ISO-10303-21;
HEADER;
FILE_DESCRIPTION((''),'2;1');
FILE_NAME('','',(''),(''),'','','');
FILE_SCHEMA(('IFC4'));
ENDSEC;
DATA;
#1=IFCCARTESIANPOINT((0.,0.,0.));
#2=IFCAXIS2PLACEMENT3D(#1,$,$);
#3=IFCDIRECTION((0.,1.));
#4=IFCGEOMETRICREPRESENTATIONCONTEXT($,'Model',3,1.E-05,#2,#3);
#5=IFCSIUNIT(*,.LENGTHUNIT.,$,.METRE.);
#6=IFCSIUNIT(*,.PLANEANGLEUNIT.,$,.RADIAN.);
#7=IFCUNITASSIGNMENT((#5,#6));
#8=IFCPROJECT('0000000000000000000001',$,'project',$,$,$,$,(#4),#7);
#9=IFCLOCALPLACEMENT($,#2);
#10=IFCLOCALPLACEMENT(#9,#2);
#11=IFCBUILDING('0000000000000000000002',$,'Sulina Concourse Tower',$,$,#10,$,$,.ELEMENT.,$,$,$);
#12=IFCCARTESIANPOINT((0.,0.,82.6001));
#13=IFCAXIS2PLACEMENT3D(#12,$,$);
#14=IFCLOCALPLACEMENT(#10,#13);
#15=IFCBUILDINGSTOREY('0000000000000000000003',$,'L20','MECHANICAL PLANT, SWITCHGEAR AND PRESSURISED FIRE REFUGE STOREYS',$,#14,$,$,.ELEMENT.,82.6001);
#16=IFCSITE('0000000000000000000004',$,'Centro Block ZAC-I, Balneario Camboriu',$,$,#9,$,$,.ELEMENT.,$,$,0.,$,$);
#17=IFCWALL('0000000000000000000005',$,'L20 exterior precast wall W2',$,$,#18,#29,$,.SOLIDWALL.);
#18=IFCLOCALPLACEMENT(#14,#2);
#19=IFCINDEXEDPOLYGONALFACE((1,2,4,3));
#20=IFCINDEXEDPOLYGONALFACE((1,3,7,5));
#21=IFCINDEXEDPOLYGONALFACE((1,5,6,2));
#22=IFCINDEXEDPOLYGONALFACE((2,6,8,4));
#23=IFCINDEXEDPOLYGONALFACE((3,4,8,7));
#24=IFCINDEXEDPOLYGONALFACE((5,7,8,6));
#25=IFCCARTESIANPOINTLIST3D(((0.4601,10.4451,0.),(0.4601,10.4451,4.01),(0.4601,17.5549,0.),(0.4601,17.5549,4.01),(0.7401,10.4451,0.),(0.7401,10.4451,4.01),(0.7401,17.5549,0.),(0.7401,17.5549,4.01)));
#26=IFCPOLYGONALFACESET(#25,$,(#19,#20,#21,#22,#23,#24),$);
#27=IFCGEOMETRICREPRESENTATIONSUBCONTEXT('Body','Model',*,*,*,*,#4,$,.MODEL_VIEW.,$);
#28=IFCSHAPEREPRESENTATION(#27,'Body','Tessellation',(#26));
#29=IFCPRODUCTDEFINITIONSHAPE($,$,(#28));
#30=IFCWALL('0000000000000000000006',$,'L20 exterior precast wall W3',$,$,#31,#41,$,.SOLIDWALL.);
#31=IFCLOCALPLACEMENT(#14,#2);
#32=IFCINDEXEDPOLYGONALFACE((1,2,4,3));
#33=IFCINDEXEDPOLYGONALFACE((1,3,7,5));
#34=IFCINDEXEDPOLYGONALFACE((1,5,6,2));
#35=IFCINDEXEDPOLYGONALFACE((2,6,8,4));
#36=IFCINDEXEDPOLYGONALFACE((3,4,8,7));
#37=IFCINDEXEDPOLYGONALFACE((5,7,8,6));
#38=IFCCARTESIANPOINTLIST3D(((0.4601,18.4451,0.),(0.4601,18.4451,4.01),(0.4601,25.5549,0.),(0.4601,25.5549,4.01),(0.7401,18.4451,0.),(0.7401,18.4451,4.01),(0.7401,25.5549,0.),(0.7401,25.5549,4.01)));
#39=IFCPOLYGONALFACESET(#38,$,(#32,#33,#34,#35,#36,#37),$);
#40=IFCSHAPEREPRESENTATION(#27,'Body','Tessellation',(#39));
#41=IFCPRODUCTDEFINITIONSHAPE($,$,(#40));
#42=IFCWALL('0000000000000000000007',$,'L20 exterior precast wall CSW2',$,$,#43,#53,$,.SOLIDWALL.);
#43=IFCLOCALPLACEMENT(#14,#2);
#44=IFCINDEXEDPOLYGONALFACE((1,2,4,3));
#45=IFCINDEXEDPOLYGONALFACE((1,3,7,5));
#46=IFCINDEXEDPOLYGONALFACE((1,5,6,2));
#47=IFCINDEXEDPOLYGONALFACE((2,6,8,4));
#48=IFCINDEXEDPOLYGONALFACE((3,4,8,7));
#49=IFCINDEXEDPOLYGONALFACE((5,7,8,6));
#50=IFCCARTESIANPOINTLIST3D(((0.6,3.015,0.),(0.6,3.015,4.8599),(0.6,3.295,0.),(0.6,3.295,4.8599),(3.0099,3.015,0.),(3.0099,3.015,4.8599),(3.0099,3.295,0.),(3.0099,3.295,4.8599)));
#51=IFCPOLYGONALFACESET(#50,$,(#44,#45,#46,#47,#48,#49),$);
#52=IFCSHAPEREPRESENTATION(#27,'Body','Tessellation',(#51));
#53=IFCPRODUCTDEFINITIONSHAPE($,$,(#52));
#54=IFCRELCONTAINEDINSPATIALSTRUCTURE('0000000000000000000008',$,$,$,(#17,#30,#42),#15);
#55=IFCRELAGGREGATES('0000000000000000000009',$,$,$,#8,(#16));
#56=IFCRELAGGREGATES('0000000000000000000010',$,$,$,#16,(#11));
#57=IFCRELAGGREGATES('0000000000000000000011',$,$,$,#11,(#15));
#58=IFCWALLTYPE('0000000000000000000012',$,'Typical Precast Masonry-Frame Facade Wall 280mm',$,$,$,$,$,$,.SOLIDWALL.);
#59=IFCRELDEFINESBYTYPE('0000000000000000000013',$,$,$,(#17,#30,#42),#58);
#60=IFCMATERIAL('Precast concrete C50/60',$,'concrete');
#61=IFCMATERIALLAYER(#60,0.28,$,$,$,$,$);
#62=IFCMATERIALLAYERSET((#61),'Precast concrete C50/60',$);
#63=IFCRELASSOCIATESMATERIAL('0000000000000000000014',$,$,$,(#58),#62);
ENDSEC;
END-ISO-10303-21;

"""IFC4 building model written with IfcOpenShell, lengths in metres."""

from ifc_helpers import new_model, si_unit, direction, frame, frame_2d, origin, place, context, subcontext, project, spatial, rectangle, extrude, material, layer, layer_set, type_object, element, save


model = new_model("IFC4")

# Units and contexts
model_context = context("Model", 3, precision=1e-05, world=origin(), true_north=direction((0.0, 1.0)))
body_context = subcontext(model_context, "Body", "Model", "MODEL_VIEW")
ifc_project = project(units=[si_unit("LENGTHUNIT", "METRE"), si_unit("PLANEANGLEUNIT", "RADIAN")], contexts=[model_context])

# Site, building, storey
site_placement = place(None, origin())
site = spatial("IfcSite", under=ifc_project, at=site_placement, Name="Centro Block ZAC-I, Balneario Camboriu", CompositionType="ELEMENT", RefElevation=0.0)
building_placement = place(site_placement, origin())
building = spatial("IfcBuilding", under=site, at=building_placement, Name="Sulina Concourse Tower", CompositionType="ELEMENT")
storey_placement = place(building_placement, frame((0.0, 0.0, 82.6001)))
storey = spatial("IfcBuildingStorey", under=building, at=storey_placement, Name="L20", Description="MECHANICAL PLANT, SWITCHGEAR AND PRESSURISED FIRE REFUGE STOREYS", CompositionType="ELEMENT", Elevation=82.6001)

# Walls
ifc_material_1 = material(Name="Precast concrete C50/60", Category="concrete")
ifc_layer_1 = layer(ifc_material_1, 0.28)
ifc_layer_set_1 = layer_set([ifc_layer_1], Name="Precast concrete C50/60")
wall_type_1 = type_object("IfcWallType", Name="Typical Precast Masonry-Frame Facade Wall 280mm", PredefinedType="SOLIDWALL", material=ifc_layer_set_1)
for number, where, z_axis, x_axis, name in (
    (1, (0.6001, 10.4451, 0.0), (0.0, 0.0, 1.0), (0.0, 1.0, 0.0), "L20 exterior precast wall W2"),
    (2, (0.6001, 18.4451, 0.0), (0.0, 0.0, 1.0), (0.0, 1.0, 0.0), "L20 exterior precast wall W3"),
):
    element("IfcWall", number, at=place(storey_placement, frame(where, z_axis=z_axis, x_axis=x_axis)), inside=storey, type_object=wall_type_1, Name=name, PredefinedType="SOLIDWALL", context=body_context, shape_type="SweptSolid", body=[
        extrude(rectangle(XDim=7.1099, YDim=0.28, at=frame_2d((3.5549, 0.0))), origin(), (0.0, 0.0, 1.0), 4.01),
    ])
wall_1_placement = place(storey_placement, frame((3.01, 3.155, 0.0), z_axis=(0.0, 0.0, 1.0), x_axis=(-1.0, 0.0, 0.0)))
element("IfcWall", 3, at=wall_1_placement, inside=storey, type_object=wall_type_1, Name="L20 exterior precast wall CSW2", PredefinedType="SOLIDWALL", context=body_context, shape_type="SweptSolid", body=[
    extrude(rectangle(XDim=2.4099, YDim=0.28, at=frame_2d((1.2051, 0.0))), origin(), (0.0, 0.0, 1.0), 4.8599),
])

save(model, "model.ifc")
